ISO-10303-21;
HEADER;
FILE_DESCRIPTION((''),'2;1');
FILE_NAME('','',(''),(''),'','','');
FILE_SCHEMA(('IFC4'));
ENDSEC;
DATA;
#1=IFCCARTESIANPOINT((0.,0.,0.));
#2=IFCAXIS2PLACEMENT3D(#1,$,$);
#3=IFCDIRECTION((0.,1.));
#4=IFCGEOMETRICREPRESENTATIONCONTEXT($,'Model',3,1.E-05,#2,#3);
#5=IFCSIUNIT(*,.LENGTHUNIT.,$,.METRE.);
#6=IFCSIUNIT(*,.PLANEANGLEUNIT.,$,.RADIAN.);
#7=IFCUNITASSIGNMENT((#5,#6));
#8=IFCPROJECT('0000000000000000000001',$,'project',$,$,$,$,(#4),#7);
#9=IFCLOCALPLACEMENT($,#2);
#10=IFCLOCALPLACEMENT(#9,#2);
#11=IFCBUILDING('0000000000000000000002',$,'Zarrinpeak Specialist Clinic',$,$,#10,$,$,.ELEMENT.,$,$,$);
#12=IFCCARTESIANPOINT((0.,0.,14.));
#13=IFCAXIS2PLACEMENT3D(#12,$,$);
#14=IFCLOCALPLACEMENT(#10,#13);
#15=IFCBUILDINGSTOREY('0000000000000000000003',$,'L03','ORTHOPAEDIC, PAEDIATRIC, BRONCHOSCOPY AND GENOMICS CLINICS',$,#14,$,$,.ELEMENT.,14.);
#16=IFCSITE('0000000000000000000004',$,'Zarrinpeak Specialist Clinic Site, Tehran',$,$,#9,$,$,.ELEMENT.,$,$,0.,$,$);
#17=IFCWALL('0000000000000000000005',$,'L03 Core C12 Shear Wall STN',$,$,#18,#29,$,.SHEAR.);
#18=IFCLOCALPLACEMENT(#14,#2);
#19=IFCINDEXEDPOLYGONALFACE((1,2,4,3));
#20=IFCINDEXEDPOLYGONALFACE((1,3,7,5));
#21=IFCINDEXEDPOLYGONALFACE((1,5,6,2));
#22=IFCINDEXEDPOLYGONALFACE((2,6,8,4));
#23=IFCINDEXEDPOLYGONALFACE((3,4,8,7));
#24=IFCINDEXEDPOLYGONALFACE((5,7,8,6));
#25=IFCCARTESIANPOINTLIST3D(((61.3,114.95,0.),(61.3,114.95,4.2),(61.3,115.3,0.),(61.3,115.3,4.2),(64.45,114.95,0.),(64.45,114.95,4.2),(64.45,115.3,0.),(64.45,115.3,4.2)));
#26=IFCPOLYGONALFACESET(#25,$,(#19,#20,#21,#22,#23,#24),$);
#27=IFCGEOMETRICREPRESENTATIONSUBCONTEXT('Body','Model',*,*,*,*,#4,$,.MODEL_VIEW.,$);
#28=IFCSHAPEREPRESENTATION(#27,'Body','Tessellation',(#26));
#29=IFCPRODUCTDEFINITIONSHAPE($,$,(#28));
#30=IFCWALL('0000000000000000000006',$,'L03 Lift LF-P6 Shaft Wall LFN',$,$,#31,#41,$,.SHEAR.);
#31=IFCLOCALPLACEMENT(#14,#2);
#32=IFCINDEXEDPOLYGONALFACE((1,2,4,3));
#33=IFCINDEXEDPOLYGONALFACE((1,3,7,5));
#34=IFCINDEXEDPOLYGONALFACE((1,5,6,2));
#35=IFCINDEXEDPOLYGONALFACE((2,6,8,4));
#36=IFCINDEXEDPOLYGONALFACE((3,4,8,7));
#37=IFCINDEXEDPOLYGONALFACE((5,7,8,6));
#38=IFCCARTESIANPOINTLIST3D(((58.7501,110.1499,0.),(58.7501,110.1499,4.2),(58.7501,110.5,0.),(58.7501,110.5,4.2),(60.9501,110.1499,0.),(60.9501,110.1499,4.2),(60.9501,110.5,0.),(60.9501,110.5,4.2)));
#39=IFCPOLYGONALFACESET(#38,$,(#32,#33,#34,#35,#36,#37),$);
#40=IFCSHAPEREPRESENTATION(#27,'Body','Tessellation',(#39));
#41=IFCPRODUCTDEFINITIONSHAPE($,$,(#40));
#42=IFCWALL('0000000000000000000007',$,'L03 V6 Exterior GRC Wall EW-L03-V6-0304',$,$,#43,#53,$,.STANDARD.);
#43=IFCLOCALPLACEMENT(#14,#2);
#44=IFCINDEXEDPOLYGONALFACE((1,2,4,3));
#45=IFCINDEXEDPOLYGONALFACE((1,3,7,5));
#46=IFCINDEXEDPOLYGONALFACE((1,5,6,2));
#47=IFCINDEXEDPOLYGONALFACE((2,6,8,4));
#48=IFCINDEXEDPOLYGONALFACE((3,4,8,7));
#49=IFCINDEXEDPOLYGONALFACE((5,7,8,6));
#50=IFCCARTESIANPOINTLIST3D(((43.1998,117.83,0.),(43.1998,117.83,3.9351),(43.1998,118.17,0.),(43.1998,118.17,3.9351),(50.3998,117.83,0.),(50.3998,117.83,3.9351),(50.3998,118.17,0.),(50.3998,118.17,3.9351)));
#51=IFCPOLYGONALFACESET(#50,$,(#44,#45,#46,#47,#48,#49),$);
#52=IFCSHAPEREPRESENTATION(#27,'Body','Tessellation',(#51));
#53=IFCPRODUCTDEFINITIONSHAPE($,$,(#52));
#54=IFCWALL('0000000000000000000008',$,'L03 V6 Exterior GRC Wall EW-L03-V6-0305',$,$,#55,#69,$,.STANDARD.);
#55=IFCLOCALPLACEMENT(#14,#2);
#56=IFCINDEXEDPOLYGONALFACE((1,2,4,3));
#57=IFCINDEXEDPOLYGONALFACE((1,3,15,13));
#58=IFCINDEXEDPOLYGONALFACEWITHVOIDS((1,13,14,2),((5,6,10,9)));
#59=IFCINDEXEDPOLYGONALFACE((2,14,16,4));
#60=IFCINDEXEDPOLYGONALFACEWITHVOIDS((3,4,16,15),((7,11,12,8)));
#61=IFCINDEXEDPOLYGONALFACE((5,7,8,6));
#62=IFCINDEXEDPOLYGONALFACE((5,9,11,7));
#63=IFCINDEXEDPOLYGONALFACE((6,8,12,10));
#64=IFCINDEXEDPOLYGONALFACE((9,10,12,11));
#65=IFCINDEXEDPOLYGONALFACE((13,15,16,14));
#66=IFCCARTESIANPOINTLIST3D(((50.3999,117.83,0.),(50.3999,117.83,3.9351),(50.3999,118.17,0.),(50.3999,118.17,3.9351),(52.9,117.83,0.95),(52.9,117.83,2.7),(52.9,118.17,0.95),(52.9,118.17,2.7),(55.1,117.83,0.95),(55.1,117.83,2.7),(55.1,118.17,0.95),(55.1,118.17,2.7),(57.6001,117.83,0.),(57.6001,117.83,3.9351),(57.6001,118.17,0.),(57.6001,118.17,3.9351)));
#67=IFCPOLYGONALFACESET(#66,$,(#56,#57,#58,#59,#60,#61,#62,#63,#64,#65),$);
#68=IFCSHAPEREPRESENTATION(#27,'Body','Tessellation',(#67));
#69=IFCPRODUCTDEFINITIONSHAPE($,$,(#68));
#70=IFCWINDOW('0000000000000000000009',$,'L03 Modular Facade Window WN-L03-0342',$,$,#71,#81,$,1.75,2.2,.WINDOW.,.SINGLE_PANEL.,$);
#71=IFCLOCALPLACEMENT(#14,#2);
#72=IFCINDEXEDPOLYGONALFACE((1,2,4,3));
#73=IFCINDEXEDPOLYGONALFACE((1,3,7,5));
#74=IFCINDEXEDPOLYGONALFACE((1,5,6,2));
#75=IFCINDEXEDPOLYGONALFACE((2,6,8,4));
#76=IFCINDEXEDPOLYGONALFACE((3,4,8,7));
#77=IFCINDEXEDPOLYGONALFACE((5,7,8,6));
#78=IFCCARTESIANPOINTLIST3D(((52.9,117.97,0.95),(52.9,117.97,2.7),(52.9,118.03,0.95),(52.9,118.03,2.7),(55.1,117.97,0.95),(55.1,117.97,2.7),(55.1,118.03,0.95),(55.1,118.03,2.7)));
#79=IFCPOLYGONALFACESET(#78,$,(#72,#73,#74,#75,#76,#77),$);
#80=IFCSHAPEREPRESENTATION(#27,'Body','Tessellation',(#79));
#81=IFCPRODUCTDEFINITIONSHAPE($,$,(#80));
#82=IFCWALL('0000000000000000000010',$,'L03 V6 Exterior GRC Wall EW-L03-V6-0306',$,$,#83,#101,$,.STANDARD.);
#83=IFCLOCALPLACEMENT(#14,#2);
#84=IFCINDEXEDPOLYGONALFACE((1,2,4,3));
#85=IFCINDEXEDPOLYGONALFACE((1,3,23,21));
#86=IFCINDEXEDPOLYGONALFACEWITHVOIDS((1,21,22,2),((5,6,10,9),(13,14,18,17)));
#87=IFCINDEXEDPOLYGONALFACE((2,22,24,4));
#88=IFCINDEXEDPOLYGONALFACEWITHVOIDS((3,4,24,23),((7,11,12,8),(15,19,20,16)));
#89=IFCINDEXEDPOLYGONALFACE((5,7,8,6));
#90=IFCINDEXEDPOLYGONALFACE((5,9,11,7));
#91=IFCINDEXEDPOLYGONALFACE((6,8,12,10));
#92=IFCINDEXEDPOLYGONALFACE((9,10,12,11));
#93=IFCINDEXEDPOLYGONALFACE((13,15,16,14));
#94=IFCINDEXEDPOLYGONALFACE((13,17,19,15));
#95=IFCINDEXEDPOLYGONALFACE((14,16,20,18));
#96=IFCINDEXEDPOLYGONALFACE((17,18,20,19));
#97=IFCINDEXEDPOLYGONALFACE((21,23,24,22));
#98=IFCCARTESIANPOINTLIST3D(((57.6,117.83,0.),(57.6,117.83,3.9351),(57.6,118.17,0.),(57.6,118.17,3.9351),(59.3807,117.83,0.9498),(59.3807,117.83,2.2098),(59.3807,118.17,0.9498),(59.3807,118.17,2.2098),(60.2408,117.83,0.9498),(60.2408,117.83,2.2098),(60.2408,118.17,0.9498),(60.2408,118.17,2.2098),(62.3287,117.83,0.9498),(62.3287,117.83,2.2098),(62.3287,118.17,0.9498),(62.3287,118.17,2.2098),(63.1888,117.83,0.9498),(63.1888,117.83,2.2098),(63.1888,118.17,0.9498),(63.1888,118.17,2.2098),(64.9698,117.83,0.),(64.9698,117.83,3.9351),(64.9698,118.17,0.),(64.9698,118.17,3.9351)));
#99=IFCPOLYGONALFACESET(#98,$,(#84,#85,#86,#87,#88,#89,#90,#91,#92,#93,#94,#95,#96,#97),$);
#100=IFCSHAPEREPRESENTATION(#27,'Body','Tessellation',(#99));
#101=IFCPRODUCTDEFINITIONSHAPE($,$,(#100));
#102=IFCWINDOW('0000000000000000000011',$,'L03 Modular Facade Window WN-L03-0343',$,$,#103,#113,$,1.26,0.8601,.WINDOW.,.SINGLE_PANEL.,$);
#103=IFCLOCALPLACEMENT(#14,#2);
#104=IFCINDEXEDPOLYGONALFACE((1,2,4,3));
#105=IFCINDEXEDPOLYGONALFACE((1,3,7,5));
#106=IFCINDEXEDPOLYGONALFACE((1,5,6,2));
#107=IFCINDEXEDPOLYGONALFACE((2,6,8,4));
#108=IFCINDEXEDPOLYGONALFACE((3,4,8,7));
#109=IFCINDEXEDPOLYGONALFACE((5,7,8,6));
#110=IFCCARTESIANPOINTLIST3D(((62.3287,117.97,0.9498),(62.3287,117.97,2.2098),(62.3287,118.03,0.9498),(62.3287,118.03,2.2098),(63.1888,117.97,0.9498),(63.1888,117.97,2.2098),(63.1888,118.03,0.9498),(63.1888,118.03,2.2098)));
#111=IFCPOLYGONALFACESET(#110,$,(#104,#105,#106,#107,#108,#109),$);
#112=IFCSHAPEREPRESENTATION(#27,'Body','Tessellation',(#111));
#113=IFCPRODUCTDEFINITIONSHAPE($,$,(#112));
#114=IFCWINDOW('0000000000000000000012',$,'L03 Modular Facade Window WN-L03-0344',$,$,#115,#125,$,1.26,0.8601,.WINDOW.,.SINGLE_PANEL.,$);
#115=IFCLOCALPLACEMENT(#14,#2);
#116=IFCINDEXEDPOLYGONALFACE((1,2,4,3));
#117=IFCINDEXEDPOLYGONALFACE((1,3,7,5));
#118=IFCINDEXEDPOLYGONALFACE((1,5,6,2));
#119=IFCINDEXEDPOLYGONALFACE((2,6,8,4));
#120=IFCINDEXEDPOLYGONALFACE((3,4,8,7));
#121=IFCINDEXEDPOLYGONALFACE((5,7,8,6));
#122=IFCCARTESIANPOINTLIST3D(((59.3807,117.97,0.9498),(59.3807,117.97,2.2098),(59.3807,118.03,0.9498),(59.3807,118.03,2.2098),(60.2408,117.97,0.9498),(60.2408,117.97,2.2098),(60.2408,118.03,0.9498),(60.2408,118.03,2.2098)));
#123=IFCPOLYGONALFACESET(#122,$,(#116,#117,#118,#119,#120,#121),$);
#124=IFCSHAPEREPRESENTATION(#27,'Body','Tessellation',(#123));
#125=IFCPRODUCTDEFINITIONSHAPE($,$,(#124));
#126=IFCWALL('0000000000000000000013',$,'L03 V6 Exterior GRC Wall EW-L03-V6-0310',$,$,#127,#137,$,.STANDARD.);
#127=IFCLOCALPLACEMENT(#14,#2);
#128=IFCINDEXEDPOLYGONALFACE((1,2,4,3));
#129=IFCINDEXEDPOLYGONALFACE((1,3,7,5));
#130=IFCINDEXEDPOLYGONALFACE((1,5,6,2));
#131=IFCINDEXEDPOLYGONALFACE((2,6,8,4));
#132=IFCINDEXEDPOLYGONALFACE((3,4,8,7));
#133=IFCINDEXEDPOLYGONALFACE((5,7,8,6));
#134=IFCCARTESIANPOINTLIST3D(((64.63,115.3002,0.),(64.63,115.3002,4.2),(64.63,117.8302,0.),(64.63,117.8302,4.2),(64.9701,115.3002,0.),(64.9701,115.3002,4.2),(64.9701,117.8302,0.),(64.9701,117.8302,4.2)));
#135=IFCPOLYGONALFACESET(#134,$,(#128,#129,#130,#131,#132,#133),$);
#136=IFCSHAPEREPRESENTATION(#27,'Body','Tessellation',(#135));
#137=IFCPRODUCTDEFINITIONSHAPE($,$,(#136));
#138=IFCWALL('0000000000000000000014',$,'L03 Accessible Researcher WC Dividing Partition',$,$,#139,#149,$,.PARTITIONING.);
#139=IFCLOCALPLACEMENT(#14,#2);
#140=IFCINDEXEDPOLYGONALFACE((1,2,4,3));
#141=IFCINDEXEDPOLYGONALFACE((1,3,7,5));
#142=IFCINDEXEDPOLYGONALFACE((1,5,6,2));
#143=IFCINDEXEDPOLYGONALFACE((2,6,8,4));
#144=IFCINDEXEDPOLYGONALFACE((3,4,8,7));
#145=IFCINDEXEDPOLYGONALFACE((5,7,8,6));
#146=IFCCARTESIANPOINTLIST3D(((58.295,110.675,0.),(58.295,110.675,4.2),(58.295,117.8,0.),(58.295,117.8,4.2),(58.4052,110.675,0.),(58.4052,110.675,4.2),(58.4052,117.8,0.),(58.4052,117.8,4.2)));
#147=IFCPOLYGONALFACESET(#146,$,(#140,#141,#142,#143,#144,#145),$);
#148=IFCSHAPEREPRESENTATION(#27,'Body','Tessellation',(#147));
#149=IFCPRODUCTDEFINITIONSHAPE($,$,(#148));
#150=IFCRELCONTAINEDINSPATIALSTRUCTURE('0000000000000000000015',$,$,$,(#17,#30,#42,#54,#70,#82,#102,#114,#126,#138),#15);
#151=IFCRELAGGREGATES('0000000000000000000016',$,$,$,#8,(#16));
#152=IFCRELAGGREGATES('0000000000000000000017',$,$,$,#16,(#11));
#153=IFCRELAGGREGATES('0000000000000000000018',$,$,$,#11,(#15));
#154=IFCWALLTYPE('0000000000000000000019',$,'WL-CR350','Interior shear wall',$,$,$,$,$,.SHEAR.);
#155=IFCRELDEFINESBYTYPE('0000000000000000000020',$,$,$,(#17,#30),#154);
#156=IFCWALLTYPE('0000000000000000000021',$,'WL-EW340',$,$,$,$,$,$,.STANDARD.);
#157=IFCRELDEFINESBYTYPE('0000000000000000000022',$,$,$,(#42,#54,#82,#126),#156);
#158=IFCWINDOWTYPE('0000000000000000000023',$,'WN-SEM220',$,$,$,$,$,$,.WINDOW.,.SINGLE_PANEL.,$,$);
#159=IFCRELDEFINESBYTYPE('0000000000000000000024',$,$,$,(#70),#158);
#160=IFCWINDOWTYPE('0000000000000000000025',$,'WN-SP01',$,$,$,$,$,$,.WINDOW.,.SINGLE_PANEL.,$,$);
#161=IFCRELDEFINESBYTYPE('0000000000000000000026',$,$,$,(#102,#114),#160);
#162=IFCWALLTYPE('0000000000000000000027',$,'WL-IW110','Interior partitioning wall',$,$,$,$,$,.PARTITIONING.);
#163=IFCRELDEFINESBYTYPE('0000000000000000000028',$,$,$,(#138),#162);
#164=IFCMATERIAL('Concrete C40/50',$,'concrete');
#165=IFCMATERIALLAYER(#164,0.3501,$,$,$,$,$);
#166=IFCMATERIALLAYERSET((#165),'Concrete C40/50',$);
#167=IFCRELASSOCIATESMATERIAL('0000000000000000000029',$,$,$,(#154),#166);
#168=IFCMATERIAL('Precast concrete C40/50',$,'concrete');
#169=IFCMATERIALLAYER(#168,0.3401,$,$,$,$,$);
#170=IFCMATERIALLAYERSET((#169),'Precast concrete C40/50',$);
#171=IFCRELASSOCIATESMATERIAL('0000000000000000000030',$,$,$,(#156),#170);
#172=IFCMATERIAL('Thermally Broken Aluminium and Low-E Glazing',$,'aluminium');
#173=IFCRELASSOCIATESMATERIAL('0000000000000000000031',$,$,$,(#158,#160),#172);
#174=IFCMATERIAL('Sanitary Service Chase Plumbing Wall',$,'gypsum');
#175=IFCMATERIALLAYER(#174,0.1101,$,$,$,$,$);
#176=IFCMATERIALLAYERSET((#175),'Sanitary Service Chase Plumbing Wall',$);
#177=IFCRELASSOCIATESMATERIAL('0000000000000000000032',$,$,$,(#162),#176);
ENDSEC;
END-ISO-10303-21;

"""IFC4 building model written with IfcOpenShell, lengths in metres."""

from ifc_helpers import new_model, si_unit, direction, frame, frame_2d, origin, place, context, subcontext, project, spatial, rectangle, extrude, material, layer, layer_set, type_object, element, fill, save


model = new_model("IFC4")

# Units and contexts
model_context = context("Model", 3, precision=1e-05, world=origin(), true_north=direction((0.0, 1.0)))
body_context = subcontext(model_context, "Body", "Model", "MODEL_VIEW")
ifc_project = project(units=[si_unit("LENGTHUNIT", "METRE"), si_unit("PLANEANGLEUNIT", "RADIAN")], contexts=[model_context])

# Site, building, storey
site_placement = place(None, origin())
site = spatial("IfcSite", under=ifc_project, at=site_placement, Name="Zarrinpeak Specialist Clinic Site, Tehran", CompositionType="ELEMENT", RefElevation=0.0)
building_placement = place(site_placement, origin())
building = spatial("IfcBuilding", under=site, at=building_placement, Name="Zarrinpeak Specialist Clinic", CompositionType="ELEMENT")
storey_placement = place(building_placement, frame((0.0, 0.0, 14.0)))
storey = spatial("IfcBuildingStorey", under=building, at=storey_placement, Name="L03", Description="ORTHOPAEDIC, PAEDIATRIC, BRONCHOSCOPY AND GENOMICS CLINICS", CompositionType="ELEMENT", Elevation=14.0)

# Walls
ifc_material_1 = material(Name="Concrete C40/50", Category="concrete")
ifc_layer_1 = layer(ifc_material_1, 0.3501)
ifc_layer_set_1 = layer_set([ifc_layer_1], Name="Concrete C40/50")
wall_type_1 = type_object("IfcWallType", Name="WL-CR350", Description="Interior shear wall", PredefinedType="SHEAR", material=ifc_layer_set_1)
wall_1_placement = place(storey_placement, frame((61.3, 115.125, 0.0), z_axis=(0.0, 0.0, 1.0), x_axis=(1.0, 0.0, 0.0)))
element("IfcWall", 1, at=wall_1_placement, inside=storey, type_object=wall_type_1, Name="L03 Core C12 Shear Wall STN", PredefinedType="SHEAR", context=body_context, shape_type="SweptSolid", body=[
    extrude(rectangle(XDim=3.1499, YDim=0.3501, at=frame_2d((1.575, 0.0))), origin(), (0.0, 0.0, 1.0), 4.2),
])
wall_2_placement = place(storey_placement, frame((58.75, 110.325, 0.0), z_axis=(0.0, 0.0, 1.0), x_axis=(1.0, 0.0, 0.0)))
element("IfcWall", 2, at=wall_2_placement, inside=storey, type_object=wall_type_1, Name="L03 Lift LF-P6 Shaft Wall LFN", PredefinedType="SHEAR", context=body_context, shape_type="SweptSolid", body=[
    extrude(rectangle(XDim=2.2, YDim=0.3501, at=frame_2d((1.1001, 0.0))), origin(), (0.0, 0.0, 1.0), 4.2),
])
ifc_material_2 = material(Name="Precast concrete C40/50", Category="concrete")
ifc_layer_2 = layer(ifc_material_2, 0.3401)
ifc_layer_set_2 = layer_set([ifc_layer_2], Name="Precast concrete C40/50")
wall_type_2 = type_object("IfcWallType", Name="WL-EW340", PredefinedType="STANDARD", material=ifc_layer_set_2)
wall_3_placement = place(storey_placement, frame((50.3999, 118.0, 0.0), z_axis=(0.0, 0.0, 1.0), x_axis=(-1.0, 0.0, 0.0)))
element("IfcWall", 3, at=wall_3_placement, inside=storey, type_object=wall_type_2, Name="L03 V6 Exterior GRC Wall EW-L03-V6-0304", PredefinedType="STANDARD", context=body_context, shape_type="SweptSolid", body=[
    extrude(rectangle(XDim=7.2, YDim=0.3401, at=frame_2d((3.6001, 0.0))), origin(), (0.0, 0.0, 1.0), 3.9351),
])

# Wall, opening, window
wall_4_placement = place(storey_placement, frame((57.6001, 118.0, 0.0), z_axis=(0.0, 0.0, 1.0), x_axis=(-1.0, 0.0, 0.0)))
wall_4 = element("IfcWall", 4, at=wall_4_placement, inside=storey, type_object=wall_type_2, Name="L03 V6 Exterior GRC Wall EW-L03-V6-0305", PredefinedType="STANDARD", context=body_context, shape_type="SweptSolid", body=[
    extrude(rectangle(XDim=7.2002, YDim=0.3401, at=frame_2d((3.6001, 0.0))), origin(), (0.0, 0.0, 1.0), 3.9351),
])
opening_1_placement = place(wall_4_placement, frame((2.5, 0.0, 0.95)))
opening_1 = element("IfcOpeningElement", 5, at=opening_1_placement, cuts=wall_4, PredefinedType="OPENING", context=body_context, shape_type="SweptSolid", body=[
    extrude(rectangle(XDim=2.2, YDim=1.75, at=frame_2d((1.1001, 0.875))), frame((0.0, 0.1802, 0.0), z_axis=(0.0, -1.0, 0.0), x_axis=(1.0, 0.0, 0.0)), (0.0, 0.0, 1.0), 0.3601),
])
ifc_material_3 = material(Name="Thermally Broken Aluminium and Low-E Glazing", Category="aluminium")
window_type_1 = type_object("IfcWindowType", Name="WN-SEM220", PartitioningType="SINGLE_PANEL", PredefinedType="WINDOW", material=ifc_material_3)
window_1_placement = place(opening_1_placement, origin())
window_1 = element("IfcWindow", 6, at=window_1_placement, inside=storey, type_object=window_type_1, Name="L03 Modular Facade Window WN-L03-0342", OverallHeight=1.75, OverallWidth=2.2, PartitioningType="SINGLE_PANEL", PredefinedType="WINDOW", context=body_context, shape_type="SweptSolid", body=[
    extrude(rectangle(XDim=2.2, YDim=1.75, at=frame_2d((1.1001, 0.875))), frame((0.0, 0.03, 0.0), z_axis=(0.0, -1.0, 0.0), x_axis=(1.0, 0.0, 0.0)), (0.0, 0.0, 1.0), 0.0601),
])
fill(opening_1, window_1)

# Wall, openings, windows
wall_5_placement = place(storey_placement, frame((64.97, 118.0, 0.0), z_axis=(0.0, 0.0, 1.0), x_axis=(-1.0, 0.0, 0.0)))
wall_5 = element("IfcWall", 7, at=wall_5_placement, inside=storey, type_object=wall_type_2, Name="L03 V6 Exterior GRC Wall EW-L03-V6-0306", PredefinedType="STANDARD", context=body_context, shape_type="SweptSolid", body=[
    extrude(rectangle(XDim=7.3699, YDim=0.3401, at=frame_2d((3.6851, 0.0))), origin(), (0.0, 0.0, 1.0), 3.9351),
])
opening_2_placement = place(wall_5_placement, frame((1.781, 0.0, 0.95)))
opening_2 = element("IfcOpeningElement", 8, at=opening_2_placement, cuts=wall_5, PredefinedType="OPENING", context=body_context, shape_type="SweptSolid", body=[
    extrude(rectangle(XDim=0.8601, YDim=1.26, at=frame_2d((0.4302, 0.6299))), frame((0.0, 0.1802, 0.0), z_axis=(0.0, -1.0, 0.0), x_axis=(1.0, 0.0, 0.0)), (0.0, 0.0, 1.0), 0.3601),
])
opening_3_placement = place(wall_5_placement, frame((4.729, 0.0, 0.95)))
opening_3 = element("IfcOpeningElement", 9, at=opening_3_placement, cuts=wall_5, PredefinedType="OPENING", context=body_context, shape_type="SweptSolid", body=[
    extrude(rectangle(XDim=0.8601, YDim=1.26, at=frame_2d((0.4302, 0.6299))), frame((0.0, 0.1802, 0.0), z_axis=(0.0, -1.0, 0.0), x_axis=(1.0, 0.0, 0.0)), (0.0, 0.0, 1.0), 0.3601),
])
window_type_2 = type_object("IfcWindowType", Name="WN-SP01", PartitioningType="SINGLE_PANEL", PredefinedType="WINDOW", material=ifc_material_3)
window_2_placement = place(opening_2_placement, origin())
window_2 = element("IfcWindow", 10, at=window_2_placement, inside=storey, type_object=window_type_2, Name="L03 Modular Facade Window WN-L03-0343", OverallHeight=1.26, OverallWidth=0.8601, PartitioningType="SINGLE_PANEL", PredefinedType="WINDOW", context=body_context, shape_type="SweptSolid", body=[
    extrude(rectangle(XDim=0.8601, YDim=1.26, at=frame_2d((0.4302, 0.6299))), frame((0.0, 0.03, 0.0), z_axis=(0.0, -1.0, 0.0), x_axis=(1.0, 0.0, 0.0)), (0.0, 0.0, 1.0), 0.0601),
])
fill(opening_2, window_2)
window_3_placement = place(opening_3_placement, origin())
window_3 = element("IfcWindow", 11, at=window_3_placement, inside=storey, type_object=window_type_2, Name="L03 Modular Facade Window WN-L03-0344", OverallHeight=1.26, OverallWidth=0.8601, PartitioningType="SINGLE_PANEL", PredefinedType="WINDOW", context=body_context, shape_type="SweptSolid", body=[
    extrude(rectangle(XDim=0.8601, YDim=1.26, at=frame_2d((0.4302, 0.6299))), frame((0.0, 0.03, 0.0), z_axis=(0.0, -1.0, 0.0), x_axis=(1.0, 0.0, 0.0)), (0.0, 0.0, 1.0), 0.0601),
])
fill(opening_3, window_3)

# Walls
wall_6_placement = place(storey_placement, frame((64.8, 115.3, 0.0), z_axis=(0.0, 0.0, 1.0), x_axis=(0.0, 1.0, 0.0)))
element("IfcWall", 12, at=wall_6_placement, inside=storey, type_object=wall_type_2, Name="L03 V6 Exterior GRC Wall EW-L03-V6-0310", PredefinedType="STANDARD", context=body_context, shape_type="SweptSolid", body=[
    extrude(rectangle(XDim=2.53, YDim=0.3401, at=frame_2d((1.2651, 0.0))), origin(), (0.0, 0.0, 1.0), 4.2),
])
ifc_material_4 = material(Name="Sanitary Service Chase Plumbing Wall", Category="gypsum")
ifc_layer_3 = layer(ifc_material_4, 0.1101)
ifc_layer_set_3 = layer_set([ifc_layer_3], Name="Sanitary Service Chase Plumbing Wall")
wall_type_3 = type_object("IfcWallType", Name="WL-IW110", Description="Interior partitioning wall", PredefinedType="PARTITIONING", material=ifc_layer_set_3)
wall_7_placement = place(storey_placement, frame((58.3501, 110.675, 0.0), z_axis=(0.0, 0.0, 1.0), x_axis=(0.0, 1.0, 0.0)))
element("IfcWall", 13, at=wall_7_placement, inside=storey, type_object=wall_type_3, Name="L03 Accessible Researcher WC Dividing Partition", PredefinedType="PARTITIONING", context=body_context, shape_type="SweptSolid", body=[
    extrude(rectangle(XDim=7.125, YDim=0.1101, at=frame_2d((3.5625, 0.0))), origin(), (0.0, 0.0, 1.0), 4.2),
])

save(model, "model.ifc")
